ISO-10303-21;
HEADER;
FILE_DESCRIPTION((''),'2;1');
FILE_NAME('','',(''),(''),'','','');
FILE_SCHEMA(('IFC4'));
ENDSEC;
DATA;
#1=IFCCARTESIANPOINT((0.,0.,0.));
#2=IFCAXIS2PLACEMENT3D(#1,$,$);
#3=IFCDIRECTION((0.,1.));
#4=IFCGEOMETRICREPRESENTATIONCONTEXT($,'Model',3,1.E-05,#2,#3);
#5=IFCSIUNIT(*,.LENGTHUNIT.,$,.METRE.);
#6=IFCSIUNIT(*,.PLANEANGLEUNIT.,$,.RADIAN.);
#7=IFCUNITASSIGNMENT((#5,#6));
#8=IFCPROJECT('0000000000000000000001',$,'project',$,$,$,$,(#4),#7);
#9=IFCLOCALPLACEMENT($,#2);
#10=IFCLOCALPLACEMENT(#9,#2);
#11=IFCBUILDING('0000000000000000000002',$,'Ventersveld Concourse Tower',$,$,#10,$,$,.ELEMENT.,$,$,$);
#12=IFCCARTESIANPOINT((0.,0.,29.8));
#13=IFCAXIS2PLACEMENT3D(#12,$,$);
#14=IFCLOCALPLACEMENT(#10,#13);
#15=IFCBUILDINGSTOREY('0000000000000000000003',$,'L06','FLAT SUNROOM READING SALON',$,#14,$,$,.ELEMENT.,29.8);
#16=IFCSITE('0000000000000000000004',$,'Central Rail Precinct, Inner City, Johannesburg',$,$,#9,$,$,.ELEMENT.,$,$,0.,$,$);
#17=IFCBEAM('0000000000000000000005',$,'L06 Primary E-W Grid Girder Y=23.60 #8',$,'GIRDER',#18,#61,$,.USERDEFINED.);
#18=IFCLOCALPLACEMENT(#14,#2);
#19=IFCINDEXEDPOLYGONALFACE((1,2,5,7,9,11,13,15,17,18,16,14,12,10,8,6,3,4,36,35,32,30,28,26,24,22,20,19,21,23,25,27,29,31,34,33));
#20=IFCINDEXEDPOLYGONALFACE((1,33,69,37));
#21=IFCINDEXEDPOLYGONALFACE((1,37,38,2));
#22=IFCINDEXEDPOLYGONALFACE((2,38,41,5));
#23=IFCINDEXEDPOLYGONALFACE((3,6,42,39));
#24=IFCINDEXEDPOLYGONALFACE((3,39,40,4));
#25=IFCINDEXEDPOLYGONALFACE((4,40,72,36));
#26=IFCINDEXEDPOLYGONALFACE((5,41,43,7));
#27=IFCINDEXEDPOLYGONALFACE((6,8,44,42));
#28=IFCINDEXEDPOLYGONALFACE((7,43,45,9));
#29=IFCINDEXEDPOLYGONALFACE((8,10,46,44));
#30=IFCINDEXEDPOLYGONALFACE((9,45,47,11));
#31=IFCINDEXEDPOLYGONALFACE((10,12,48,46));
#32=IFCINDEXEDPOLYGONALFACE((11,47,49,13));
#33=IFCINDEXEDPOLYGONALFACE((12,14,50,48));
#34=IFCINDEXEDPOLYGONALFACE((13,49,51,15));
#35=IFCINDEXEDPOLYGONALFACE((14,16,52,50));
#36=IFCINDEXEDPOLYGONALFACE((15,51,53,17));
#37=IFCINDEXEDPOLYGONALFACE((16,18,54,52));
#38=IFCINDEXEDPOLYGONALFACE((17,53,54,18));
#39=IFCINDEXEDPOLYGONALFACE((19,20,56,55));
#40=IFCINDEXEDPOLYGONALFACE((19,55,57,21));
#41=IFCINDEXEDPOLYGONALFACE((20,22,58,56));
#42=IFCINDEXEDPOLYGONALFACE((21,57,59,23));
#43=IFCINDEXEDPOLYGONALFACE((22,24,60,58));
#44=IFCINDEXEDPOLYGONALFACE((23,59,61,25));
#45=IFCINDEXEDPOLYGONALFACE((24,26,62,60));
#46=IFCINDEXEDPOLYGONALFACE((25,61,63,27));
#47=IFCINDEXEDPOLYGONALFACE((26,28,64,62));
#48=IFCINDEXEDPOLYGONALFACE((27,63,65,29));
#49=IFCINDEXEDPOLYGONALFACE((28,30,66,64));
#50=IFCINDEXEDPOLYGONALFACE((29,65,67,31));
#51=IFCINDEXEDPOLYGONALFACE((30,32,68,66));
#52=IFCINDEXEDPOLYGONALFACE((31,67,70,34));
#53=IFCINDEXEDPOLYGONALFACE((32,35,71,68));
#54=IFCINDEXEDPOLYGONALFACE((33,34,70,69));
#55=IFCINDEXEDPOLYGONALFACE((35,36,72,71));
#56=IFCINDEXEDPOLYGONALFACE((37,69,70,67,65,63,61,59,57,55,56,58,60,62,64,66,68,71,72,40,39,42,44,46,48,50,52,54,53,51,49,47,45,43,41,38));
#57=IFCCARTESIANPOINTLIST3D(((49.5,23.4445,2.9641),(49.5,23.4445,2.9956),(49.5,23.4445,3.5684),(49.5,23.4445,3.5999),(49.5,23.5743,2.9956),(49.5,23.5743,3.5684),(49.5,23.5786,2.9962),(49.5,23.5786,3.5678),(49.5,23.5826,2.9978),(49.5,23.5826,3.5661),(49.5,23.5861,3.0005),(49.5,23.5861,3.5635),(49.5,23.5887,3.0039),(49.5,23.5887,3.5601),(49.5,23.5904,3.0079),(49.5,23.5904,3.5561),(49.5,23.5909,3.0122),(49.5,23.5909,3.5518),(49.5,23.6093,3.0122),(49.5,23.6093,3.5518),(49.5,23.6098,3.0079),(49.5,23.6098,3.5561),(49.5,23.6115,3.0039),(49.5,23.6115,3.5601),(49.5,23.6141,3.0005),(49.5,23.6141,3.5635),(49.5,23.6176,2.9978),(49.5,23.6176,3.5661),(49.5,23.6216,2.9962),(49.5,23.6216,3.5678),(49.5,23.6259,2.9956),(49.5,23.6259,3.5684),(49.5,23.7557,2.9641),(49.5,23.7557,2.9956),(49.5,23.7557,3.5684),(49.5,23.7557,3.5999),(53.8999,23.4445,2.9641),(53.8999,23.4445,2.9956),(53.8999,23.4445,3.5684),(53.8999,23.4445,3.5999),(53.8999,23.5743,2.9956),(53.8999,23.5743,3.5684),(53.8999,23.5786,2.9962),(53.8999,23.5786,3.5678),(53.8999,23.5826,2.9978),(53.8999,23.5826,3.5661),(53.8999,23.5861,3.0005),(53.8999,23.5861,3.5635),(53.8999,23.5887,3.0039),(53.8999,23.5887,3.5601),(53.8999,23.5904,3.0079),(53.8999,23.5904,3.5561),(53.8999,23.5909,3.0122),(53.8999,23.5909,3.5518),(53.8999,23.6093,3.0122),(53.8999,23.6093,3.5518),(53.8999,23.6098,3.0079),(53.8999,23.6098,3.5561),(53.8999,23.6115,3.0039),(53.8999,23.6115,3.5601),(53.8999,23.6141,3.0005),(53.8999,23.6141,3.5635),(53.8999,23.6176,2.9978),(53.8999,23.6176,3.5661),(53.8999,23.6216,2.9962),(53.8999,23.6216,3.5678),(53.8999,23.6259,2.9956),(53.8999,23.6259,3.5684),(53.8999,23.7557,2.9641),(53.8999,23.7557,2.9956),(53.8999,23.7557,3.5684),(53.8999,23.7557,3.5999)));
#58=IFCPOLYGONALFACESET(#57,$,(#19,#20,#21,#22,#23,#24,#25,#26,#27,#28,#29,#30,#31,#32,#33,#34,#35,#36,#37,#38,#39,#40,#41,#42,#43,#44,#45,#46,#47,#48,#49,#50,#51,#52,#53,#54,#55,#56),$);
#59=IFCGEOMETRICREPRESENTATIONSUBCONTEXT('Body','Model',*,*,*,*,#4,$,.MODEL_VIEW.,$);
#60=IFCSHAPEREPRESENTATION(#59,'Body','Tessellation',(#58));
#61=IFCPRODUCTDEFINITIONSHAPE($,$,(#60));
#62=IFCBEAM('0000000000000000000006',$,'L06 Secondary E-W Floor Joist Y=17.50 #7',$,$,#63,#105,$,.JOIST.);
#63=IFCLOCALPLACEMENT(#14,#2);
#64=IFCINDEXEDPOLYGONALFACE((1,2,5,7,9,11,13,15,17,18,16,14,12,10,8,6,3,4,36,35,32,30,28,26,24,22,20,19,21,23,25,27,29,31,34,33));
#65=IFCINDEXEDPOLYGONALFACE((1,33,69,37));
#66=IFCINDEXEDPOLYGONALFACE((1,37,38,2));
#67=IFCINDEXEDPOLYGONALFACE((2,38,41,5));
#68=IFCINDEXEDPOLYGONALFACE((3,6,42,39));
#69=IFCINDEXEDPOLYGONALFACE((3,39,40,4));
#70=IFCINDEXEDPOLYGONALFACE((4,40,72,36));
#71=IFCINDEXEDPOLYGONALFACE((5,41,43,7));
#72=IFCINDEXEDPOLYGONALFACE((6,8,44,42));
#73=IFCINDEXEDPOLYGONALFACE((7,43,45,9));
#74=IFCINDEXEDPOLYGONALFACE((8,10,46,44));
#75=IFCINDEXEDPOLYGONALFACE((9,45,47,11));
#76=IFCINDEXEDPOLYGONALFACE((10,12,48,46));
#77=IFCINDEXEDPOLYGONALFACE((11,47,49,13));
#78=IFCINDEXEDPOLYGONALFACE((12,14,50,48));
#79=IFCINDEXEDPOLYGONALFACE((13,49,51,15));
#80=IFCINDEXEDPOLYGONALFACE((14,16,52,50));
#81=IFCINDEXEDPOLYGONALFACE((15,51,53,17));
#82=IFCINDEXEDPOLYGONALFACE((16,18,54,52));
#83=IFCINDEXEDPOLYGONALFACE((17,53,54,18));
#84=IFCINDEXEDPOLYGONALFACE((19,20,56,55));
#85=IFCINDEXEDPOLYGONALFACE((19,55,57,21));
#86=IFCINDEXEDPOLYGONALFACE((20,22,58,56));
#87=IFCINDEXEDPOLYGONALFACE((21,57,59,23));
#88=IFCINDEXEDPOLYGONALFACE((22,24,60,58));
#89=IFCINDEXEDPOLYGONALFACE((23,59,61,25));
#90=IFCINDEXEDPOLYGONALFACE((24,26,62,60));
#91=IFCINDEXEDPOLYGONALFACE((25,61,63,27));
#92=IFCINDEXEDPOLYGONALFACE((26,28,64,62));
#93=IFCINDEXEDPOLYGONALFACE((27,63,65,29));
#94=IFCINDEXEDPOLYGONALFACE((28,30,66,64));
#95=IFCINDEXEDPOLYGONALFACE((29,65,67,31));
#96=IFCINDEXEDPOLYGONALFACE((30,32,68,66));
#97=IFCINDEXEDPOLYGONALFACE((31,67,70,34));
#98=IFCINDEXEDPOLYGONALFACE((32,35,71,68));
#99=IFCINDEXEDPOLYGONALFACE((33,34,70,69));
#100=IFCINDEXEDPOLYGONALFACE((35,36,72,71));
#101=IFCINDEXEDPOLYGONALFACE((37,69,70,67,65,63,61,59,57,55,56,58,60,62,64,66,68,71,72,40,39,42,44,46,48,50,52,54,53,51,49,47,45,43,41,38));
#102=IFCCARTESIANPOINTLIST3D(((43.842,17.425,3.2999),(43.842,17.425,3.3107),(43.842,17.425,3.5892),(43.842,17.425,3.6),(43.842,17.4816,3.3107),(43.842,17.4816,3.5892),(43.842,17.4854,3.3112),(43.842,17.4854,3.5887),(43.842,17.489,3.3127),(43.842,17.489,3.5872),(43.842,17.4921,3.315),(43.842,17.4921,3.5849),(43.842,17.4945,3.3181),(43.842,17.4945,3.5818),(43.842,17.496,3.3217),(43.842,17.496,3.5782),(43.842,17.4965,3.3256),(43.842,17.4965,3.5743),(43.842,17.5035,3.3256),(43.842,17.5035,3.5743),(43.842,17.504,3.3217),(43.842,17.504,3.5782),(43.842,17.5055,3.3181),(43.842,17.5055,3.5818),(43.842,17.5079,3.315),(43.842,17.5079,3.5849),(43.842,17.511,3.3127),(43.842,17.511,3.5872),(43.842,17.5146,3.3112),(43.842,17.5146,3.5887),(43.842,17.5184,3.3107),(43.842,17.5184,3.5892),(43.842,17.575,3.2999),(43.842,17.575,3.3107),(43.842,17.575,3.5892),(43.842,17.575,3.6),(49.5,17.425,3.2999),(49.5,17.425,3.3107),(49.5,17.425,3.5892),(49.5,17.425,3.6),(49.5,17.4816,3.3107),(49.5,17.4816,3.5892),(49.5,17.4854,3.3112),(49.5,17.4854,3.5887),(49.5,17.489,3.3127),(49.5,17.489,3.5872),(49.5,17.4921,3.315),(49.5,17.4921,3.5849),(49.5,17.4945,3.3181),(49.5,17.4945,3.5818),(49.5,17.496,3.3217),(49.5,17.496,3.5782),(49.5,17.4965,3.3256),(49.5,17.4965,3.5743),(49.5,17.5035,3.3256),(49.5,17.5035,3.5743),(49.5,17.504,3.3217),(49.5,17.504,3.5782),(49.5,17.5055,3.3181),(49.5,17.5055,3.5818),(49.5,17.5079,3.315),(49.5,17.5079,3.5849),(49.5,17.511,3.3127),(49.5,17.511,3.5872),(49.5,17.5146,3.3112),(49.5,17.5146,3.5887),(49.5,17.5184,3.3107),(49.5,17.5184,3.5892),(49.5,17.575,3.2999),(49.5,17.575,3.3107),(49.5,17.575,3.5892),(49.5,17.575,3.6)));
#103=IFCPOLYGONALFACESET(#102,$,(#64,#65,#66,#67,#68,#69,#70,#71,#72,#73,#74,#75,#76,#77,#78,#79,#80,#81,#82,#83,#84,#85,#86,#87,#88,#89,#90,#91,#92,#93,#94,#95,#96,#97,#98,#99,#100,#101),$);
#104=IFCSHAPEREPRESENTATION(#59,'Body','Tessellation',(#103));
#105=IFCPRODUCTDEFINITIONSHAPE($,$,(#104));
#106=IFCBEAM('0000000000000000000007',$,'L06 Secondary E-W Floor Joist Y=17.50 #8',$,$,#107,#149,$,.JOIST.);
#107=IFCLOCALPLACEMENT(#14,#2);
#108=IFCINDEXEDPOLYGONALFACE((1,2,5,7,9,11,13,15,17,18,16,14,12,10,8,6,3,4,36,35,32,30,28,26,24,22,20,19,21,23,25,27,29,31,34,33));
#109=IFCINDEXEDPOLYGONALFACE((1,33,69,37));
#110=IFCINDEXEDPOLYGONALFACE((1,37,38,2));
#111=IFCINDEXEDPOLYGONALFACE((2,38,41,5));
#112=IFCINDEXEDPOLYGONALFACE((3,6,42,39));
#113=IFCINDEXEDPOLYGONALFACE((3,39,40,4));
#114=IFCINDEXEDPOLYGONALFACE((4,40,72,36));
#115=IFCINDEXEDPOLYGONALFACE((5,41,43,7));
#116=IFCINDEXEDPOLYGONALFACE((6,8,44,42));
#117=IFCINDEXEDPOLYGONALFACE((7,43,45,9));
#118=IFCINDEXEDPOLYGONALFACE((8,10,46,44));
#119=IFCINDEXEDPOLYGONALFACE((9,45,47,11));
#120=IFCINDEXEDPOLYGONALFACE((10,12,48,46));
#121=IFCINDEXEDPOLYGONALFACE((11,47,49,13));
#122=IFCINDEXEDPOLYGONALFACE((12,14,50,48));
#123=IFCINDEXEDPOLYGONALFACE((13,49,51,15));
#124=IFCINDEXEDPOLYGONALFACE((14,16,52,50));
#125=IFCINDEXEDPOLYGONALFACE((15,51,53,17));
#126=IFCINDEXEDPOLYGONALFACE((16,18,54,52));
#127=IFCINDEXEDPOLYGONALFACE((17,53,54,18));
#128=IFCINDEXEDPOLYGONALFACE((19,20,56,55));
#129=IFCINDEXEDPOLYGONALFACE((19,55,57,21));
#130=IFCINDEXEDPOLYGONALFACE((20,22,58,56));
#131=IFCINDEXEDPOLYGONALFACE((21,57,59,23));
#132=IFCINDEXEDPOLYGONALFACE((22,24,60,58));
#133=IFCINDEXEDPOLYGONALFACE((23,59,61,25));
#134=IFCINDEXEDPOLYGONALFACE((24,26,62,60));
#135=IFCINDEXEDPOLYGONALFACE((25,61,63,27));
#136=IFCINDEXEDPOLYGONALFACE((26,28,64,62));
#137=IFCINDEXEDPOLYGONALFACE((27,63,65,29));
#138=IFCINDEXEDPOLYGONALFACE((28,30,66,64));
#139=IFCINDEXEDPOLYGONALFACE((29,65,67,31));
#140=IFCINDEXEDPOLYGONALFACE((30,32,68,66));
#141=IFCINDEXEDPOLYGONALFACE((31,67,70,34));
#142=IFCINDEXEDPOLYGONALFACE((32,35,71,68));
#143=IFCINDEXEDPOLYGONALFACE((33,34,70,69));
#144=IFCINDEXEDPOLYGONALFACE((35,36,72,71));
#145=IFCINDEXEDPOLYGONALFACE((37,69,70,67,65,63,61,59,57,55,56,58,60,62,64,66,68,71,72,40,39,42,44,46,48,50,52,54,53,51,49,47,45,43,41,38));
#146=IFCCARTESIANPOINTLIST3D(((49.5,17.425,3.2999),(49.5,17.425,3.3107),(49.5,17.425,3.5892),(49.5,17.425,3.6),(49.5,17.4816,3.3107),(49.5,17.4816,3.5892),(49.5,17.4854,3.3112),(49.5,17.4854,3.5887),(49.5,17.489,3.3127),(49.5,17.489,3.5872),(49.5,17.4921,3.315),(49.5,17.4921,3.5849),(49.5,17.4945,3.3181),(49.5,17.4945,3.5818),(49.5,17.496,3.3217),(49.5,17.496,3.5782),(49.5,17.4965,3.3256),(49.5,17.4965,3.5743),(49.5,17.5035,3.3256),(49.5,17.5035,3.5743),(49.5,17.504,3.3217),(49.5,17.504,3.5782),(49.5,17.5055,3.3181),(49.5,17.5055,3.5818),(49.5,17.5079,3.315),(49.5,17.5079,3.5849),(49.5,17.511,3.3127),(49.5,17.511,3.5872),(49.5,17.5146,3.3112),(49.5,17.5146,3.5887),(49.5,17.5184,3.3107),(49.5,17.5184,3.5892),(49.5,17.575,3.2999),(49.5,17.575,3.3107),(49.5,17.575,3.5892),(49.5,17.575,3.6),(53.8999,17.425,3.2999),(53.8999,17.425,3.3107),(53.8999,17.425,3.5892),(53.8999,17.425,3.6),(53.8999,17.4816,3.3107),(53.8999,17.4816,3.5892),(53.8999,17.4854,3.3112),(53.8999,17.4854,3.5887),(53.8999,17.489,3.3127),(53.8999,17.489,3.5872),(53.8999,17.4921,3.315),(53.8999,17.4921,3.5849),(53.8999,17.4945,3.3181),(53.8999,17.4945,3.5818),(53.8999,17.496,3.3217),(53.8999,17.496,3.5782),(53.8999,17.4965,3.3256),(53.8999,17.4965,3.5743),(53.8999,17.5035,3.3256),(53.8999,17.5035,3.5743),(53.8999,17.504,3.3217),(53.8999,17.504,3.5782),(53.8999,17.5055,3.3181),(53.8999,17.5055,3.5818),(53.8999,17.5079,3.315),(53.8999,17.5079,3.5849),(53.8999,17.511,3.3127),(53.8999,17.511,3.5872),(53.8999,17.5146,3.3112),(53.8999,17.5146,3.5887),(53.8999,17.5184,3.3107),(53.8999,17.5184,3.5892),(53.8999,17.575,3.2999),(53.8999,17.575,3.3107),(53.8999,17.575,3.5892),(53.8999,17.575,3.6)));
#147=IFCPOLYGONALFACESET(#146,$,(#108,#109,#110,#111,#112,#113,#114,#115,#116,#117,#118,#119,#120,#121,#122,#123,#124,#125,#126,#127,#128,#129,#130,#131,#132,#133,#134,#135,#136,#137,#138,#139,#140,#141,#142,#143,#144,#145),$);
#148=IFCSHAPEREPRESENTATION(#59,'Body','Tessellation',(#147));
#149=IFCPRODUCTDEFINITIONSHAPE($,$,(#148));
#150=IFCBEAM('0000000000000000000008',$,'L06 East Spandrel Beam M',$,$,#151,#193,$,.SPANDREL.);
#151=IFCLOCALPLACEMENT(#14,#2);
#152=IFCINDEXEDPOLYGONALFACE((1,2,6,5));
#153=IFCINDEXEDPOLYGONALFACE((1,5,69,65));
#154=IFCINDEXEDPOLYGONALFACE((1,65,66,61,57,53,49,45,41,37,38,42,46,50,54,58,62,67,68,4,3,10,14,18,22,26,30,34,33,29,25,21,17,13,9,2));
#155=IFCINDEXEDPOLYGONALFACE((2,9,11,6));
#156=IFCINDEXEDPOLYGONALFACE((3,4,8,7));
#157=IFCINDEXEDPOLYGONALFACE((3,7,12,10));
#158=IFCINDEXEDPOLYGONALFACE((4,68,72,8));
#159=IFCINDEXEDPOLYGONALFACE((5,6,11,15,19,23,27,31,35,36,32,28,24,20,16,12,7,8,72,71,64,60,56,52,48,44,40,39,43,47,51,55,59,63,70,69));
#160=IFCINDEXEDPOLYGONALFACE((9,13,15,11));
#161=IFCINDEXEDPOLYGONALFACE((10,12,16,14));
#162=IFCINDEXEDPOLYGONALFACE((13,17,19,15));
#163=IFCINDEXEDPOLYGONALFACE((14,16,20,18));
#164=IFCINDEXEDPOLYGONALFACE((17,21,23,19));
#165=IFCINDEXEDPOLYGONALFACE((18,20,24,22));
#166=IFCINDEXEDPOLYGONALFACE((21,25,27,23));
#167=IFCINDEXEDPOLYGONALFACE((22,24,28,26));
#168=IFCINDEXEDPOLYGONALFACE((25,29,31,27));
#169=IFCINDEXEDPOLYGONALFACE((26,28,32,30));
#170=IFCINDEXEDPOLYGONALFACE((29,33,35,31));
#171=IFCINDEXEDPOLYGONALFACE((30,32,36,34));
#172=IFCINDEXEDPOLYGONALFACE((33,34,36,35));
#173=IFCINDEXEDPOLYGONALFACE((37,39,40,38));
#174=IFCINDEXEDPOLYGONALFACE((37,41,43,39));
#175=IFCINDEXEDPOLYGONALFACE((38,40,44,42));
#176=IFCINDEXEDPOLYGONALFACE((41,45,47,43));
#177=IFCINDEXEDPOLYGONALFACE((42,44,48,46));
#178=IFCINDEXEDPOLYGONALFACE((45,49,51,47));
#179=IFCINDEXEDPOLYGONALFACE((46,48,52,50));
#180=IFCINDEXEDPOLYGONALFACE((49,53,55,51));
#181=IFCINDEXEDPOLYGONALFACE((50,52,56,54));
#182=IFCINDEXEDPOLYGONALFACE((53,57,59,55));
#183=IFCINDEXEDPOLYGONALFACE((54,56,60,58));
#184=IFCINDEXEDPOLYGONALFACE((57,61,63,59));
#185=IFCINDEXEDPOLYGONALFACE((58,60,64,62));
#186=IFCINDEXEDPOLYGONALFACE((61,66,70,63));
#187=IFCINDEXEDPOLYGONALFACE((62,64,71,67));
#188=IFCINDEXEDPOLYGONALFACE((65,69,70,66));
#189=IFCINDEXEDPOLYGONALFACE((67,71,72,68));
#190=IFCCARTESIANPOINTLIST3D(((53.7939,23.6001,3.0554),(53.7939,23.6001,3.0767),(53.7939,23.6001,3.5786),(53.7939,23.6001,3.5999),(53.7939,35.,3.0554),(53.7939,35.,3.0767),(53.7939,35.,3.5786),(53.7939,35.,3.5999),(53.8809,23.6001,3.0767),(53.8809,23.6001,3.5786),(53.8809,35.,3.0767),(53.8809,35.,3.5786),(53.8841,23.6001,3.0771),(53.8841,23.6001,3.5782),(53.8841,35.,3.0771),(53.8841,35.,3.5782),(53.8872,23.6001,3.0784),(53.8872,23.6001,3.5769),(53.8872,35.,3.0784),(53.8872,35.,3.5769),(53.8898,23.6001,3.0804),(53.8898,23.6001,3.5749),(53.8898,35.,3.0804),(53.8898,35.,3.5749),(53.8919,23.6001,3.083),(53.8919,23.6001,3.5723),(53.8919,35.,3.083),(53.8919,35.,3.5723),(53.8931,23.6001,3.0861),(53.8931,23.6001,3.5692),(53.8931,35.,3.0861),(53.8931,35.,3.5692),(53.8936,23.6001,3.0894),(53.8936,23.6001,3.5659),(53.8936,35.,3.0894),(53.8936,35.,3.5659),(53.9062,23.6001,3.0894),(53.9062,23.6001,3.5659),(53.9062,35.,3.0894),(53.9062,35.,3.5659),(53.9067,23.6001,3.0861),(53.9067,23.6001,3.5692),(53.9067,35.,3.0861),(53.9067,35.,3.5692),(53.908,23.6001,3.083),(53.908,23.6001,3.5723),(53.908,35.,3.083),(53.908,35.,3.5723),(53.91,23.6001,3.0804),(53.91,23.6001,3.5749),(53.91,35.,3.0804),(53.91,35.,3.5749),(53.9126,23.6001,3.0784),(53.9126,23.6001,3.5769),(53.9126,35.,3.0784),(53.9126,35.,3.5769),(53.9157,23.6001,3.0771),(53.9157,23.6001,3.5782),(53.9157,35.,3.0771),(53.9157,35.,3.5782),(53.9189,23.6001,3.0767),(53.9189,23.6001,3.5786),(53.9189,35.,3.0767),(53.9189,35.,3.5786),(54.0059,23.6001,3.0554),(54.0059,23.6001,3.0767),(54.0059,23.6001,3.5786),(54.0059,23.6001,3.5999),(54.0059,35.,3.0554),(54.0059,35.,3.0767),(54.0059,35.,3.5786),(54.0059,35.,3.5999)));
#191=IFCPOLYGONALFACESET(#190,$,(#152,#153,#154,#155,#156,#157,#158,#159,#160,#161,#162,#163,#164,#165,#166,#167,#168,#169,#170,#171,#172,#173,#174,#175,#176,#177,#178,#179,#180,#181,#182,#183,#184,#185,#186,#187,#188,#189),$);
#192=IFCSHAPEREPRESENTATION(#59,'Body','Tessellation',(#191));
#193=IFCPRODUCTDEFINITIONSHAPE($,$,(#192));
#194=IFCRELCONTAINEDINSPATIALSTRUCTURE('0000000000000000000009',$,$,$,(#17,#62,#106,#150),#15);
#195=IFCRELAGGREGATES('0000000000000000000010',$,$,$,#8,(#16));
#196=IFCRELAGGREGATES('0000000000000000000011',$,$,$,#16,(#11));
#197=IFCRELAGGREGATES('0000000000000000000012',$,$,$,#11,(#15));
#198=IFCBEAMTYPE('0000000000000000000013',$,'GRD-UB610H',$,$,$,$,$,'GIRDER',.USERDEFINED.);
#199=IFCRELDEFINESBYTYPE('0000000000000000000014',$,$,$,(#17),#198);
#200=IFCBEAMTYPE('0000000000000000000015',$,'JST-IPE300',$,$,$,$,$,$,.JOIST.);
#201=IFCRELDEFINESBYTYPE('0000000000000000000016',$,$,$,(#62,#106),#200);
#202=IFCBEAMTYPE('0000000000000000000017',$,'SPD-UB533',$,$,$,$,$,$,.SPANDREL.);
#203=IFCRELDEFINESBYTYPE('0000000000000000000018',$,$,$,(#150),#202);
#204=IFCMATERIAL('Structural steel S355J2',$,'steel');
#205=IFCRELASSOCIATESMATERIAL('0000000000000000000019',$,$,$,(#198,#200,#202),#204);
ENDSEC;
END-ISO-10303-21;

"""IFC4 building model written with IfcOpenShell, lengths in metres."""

from ifc_helpers import new_model, si_unit, direction, frame, origin, origin_2d, place, context, subcontext, project, spatial, i_section, extrude, material, material_profile, profile_set, type_object, element, save


model = new_model("IFC4")

# Units and contexts
model_context = context("Model", 3, precision=1e-05, world=origin(), true_north=direction((0.0, 1.0)))
body_context = subcontext(model_context, "Body", "Model", "MODEL_VIEW")
ifc_project = project(units=[si_unit("LENGTHUNIT", "METRE"), si_unit("PLANEANGLEUNIT", "RADIAN")], contexts=[model_context])

# Site, building, storey
site_placement = place(None, origin())
site = spatial("IfcSite", under=ifc_project, at=site_placement, Name="Central Rail Precinct, Inner City, Johannesburg", CompositionType="ELEMENT", RefElevation=0.0)
building_placement = place(site_placement, origin())
building = spatial("IfcBuilding", under=site, at=building_placement, Name="Ventersveld Concourse Tower", CompositionType="ELEMENT")
storey_placement = place(building_placement, frame((0.0, 0.0, 29.8)))
storey = spatial("IfcBuildingStorey", under=building, at=storey_placement, Name="L06", Description="FLAT SUNROOM READING SALON", CompositionType="ELEMENT", Elevation=29.8)

# Beams
ifc_material_1 = material(Name="Structural steel S355J2", Category="steel")
ifc_material_profile_1 = material_profile(ifc_material_1, i_section(OverallWidth=0.3113, OverallDepth=0.6357, WebThickness=0.0183, FlangeThickness=0.0315, FilletRadius=0.0166, at=origin_2d()), Name="UB 610x305x238")
ifc_profile_set_1 = profile_set([ifc_material_profile_1], Name="Structural steel S355J2")
beam_type_1 = type_object("IfcBeamType", Name="GRD-UB610H", ElementType="GIRDER", PredefinedType="USERDEFINED", material=ifc_profile_set_1)
beam_1_placement = place(storey_placement, frame((49.5, 23.6001, 3.282), z_axis=(1.0, 0.0, 0.0), x_axis=(0.0, 1.0, 0.0)))
element("IfcBeam", 1, at=beam_1_placement, inside=storey, type_object=beam_type_1, Name="L06 Primary E-W Grid Girder Y=23.60 #8", ObjectType="GIRDER", PredefinedType="USERDEFINED", context=body_context, shape_type="SweptSolid", body=[
    extrude(i_section(OverallWidth=0.3113, OverallDepth=0.6357, WebThickness=0.0183, FlangeThickness=0.0315, FilletRadius=0.0166, at=origin_2d()), origin(), (0.0, 0.0, 1.0), 4.3999),
])
ifc_material_profile_2 = material_profile(ifc_material_1, i_section(OverallWidth=0.1499, OverallDepth=0.3, WebThickness=0.0071, FlangeThickness=0.0107, FilletRadius=0.0149, at=origin_2d()), Name="IPE 300")
ifc_profile_set_2 = profile_set([ifc_material_profile_2], Name="Structural steel S355J2")
beam_type_2 = type_object("IfcBeamType", Name="JST-IPE300", PredefinedType="JOIST", material=ifc_profile_set_2)
beam_2_placement = place(storey_placement, frame((43.842, 17.5, 3.45), z_axis=(1.0, 0.0, 0.0), x_axis=(0.0, 1.0, 0.0)))
element("IfcBeam", 2, at=beam_2_placement, inside=storey, type_object=beam_type_2, Name="L06 Secondary E-W Floor Joist Y=17.50 #7", PredefinedType="JOIST", context=body_context, shape_type="SweptSolid", body=[
    extrude(i_section(OverallWidth=0.1499, OverallDepth=0.3, WebThickness=0.0071, FlangeThickness=0.0107, FilletRadius=0.0149, at=origin_2d()), origin(), (0.0, 0.0, 1.0), 5.658),
])
beam_3_placement = place(storey_placement, frame((49.5, 17.5, 3.45), z_axis=(1.0, 0.0, 0.0), x_axis=(0.0, 1.0, 0.0)))
element("IfcBeam", 3, at=beam_3_placement, inside=storey, type_object=beam_type_2, Name="L06 Secondary E-W Floor Joist Y=17.50 #8", PredefinedType="JOIST", context=body_context, shape_type="SweptSolid", body=[
    extrude(i_section(OverallWidth=0.1499, OverallDepth=0.3, WebThickness=0.0071, FlangeThickness=0.0107, FilletRadius=0.0149, at=origin_2d()), origin(), (0.0, 0.0, 1.0), 4.3999),
])
ifc_material_profile_3 = material_profile(ifc_material_1, i_section(OverallWidth=0.2119, OverallDepth=0.5444, WebThickness=0.0127, FlangeThickness=0.0212, FilletRadius=0.0127, at=origin_2d()), Name="UB 533x210x122")
ifc_profile_set_3 = profile_set([ifc_material_profile_3], Name="Structural steel S355J2")
beam_type_3 = type_object("IfcBeamType", Name="SPD-UB533", PredefinedType="SPANDREL", material=ifc_profile_set_3)
beam_4_placement = place(storey_placement, frame((53.8999, 23.6001, 3.3276), z_axis=(0.0, 1.0, 0.0), x_axis=(-1.0, 0.0, 0.0)))
element("IfcBeam", 4, at=beam_4_placement, inside=storey, type_object=beam_type_3, Name="L06 East Spandrel Beam M", PredefinedType="SPANDREL", context=body_context, shape_type="SweptSolid", body=[
    extrude(i_section(OverallWidth=0.2119, OverallDepth=0.5444, WebThickness=0.0127, FlangeThickness=0.0212, FilletRadius=0.0127, at=origin_2d()), origin(), (0.0, 0.0, 1.0), 11.3999),
])

save(model, "model.ifc")
